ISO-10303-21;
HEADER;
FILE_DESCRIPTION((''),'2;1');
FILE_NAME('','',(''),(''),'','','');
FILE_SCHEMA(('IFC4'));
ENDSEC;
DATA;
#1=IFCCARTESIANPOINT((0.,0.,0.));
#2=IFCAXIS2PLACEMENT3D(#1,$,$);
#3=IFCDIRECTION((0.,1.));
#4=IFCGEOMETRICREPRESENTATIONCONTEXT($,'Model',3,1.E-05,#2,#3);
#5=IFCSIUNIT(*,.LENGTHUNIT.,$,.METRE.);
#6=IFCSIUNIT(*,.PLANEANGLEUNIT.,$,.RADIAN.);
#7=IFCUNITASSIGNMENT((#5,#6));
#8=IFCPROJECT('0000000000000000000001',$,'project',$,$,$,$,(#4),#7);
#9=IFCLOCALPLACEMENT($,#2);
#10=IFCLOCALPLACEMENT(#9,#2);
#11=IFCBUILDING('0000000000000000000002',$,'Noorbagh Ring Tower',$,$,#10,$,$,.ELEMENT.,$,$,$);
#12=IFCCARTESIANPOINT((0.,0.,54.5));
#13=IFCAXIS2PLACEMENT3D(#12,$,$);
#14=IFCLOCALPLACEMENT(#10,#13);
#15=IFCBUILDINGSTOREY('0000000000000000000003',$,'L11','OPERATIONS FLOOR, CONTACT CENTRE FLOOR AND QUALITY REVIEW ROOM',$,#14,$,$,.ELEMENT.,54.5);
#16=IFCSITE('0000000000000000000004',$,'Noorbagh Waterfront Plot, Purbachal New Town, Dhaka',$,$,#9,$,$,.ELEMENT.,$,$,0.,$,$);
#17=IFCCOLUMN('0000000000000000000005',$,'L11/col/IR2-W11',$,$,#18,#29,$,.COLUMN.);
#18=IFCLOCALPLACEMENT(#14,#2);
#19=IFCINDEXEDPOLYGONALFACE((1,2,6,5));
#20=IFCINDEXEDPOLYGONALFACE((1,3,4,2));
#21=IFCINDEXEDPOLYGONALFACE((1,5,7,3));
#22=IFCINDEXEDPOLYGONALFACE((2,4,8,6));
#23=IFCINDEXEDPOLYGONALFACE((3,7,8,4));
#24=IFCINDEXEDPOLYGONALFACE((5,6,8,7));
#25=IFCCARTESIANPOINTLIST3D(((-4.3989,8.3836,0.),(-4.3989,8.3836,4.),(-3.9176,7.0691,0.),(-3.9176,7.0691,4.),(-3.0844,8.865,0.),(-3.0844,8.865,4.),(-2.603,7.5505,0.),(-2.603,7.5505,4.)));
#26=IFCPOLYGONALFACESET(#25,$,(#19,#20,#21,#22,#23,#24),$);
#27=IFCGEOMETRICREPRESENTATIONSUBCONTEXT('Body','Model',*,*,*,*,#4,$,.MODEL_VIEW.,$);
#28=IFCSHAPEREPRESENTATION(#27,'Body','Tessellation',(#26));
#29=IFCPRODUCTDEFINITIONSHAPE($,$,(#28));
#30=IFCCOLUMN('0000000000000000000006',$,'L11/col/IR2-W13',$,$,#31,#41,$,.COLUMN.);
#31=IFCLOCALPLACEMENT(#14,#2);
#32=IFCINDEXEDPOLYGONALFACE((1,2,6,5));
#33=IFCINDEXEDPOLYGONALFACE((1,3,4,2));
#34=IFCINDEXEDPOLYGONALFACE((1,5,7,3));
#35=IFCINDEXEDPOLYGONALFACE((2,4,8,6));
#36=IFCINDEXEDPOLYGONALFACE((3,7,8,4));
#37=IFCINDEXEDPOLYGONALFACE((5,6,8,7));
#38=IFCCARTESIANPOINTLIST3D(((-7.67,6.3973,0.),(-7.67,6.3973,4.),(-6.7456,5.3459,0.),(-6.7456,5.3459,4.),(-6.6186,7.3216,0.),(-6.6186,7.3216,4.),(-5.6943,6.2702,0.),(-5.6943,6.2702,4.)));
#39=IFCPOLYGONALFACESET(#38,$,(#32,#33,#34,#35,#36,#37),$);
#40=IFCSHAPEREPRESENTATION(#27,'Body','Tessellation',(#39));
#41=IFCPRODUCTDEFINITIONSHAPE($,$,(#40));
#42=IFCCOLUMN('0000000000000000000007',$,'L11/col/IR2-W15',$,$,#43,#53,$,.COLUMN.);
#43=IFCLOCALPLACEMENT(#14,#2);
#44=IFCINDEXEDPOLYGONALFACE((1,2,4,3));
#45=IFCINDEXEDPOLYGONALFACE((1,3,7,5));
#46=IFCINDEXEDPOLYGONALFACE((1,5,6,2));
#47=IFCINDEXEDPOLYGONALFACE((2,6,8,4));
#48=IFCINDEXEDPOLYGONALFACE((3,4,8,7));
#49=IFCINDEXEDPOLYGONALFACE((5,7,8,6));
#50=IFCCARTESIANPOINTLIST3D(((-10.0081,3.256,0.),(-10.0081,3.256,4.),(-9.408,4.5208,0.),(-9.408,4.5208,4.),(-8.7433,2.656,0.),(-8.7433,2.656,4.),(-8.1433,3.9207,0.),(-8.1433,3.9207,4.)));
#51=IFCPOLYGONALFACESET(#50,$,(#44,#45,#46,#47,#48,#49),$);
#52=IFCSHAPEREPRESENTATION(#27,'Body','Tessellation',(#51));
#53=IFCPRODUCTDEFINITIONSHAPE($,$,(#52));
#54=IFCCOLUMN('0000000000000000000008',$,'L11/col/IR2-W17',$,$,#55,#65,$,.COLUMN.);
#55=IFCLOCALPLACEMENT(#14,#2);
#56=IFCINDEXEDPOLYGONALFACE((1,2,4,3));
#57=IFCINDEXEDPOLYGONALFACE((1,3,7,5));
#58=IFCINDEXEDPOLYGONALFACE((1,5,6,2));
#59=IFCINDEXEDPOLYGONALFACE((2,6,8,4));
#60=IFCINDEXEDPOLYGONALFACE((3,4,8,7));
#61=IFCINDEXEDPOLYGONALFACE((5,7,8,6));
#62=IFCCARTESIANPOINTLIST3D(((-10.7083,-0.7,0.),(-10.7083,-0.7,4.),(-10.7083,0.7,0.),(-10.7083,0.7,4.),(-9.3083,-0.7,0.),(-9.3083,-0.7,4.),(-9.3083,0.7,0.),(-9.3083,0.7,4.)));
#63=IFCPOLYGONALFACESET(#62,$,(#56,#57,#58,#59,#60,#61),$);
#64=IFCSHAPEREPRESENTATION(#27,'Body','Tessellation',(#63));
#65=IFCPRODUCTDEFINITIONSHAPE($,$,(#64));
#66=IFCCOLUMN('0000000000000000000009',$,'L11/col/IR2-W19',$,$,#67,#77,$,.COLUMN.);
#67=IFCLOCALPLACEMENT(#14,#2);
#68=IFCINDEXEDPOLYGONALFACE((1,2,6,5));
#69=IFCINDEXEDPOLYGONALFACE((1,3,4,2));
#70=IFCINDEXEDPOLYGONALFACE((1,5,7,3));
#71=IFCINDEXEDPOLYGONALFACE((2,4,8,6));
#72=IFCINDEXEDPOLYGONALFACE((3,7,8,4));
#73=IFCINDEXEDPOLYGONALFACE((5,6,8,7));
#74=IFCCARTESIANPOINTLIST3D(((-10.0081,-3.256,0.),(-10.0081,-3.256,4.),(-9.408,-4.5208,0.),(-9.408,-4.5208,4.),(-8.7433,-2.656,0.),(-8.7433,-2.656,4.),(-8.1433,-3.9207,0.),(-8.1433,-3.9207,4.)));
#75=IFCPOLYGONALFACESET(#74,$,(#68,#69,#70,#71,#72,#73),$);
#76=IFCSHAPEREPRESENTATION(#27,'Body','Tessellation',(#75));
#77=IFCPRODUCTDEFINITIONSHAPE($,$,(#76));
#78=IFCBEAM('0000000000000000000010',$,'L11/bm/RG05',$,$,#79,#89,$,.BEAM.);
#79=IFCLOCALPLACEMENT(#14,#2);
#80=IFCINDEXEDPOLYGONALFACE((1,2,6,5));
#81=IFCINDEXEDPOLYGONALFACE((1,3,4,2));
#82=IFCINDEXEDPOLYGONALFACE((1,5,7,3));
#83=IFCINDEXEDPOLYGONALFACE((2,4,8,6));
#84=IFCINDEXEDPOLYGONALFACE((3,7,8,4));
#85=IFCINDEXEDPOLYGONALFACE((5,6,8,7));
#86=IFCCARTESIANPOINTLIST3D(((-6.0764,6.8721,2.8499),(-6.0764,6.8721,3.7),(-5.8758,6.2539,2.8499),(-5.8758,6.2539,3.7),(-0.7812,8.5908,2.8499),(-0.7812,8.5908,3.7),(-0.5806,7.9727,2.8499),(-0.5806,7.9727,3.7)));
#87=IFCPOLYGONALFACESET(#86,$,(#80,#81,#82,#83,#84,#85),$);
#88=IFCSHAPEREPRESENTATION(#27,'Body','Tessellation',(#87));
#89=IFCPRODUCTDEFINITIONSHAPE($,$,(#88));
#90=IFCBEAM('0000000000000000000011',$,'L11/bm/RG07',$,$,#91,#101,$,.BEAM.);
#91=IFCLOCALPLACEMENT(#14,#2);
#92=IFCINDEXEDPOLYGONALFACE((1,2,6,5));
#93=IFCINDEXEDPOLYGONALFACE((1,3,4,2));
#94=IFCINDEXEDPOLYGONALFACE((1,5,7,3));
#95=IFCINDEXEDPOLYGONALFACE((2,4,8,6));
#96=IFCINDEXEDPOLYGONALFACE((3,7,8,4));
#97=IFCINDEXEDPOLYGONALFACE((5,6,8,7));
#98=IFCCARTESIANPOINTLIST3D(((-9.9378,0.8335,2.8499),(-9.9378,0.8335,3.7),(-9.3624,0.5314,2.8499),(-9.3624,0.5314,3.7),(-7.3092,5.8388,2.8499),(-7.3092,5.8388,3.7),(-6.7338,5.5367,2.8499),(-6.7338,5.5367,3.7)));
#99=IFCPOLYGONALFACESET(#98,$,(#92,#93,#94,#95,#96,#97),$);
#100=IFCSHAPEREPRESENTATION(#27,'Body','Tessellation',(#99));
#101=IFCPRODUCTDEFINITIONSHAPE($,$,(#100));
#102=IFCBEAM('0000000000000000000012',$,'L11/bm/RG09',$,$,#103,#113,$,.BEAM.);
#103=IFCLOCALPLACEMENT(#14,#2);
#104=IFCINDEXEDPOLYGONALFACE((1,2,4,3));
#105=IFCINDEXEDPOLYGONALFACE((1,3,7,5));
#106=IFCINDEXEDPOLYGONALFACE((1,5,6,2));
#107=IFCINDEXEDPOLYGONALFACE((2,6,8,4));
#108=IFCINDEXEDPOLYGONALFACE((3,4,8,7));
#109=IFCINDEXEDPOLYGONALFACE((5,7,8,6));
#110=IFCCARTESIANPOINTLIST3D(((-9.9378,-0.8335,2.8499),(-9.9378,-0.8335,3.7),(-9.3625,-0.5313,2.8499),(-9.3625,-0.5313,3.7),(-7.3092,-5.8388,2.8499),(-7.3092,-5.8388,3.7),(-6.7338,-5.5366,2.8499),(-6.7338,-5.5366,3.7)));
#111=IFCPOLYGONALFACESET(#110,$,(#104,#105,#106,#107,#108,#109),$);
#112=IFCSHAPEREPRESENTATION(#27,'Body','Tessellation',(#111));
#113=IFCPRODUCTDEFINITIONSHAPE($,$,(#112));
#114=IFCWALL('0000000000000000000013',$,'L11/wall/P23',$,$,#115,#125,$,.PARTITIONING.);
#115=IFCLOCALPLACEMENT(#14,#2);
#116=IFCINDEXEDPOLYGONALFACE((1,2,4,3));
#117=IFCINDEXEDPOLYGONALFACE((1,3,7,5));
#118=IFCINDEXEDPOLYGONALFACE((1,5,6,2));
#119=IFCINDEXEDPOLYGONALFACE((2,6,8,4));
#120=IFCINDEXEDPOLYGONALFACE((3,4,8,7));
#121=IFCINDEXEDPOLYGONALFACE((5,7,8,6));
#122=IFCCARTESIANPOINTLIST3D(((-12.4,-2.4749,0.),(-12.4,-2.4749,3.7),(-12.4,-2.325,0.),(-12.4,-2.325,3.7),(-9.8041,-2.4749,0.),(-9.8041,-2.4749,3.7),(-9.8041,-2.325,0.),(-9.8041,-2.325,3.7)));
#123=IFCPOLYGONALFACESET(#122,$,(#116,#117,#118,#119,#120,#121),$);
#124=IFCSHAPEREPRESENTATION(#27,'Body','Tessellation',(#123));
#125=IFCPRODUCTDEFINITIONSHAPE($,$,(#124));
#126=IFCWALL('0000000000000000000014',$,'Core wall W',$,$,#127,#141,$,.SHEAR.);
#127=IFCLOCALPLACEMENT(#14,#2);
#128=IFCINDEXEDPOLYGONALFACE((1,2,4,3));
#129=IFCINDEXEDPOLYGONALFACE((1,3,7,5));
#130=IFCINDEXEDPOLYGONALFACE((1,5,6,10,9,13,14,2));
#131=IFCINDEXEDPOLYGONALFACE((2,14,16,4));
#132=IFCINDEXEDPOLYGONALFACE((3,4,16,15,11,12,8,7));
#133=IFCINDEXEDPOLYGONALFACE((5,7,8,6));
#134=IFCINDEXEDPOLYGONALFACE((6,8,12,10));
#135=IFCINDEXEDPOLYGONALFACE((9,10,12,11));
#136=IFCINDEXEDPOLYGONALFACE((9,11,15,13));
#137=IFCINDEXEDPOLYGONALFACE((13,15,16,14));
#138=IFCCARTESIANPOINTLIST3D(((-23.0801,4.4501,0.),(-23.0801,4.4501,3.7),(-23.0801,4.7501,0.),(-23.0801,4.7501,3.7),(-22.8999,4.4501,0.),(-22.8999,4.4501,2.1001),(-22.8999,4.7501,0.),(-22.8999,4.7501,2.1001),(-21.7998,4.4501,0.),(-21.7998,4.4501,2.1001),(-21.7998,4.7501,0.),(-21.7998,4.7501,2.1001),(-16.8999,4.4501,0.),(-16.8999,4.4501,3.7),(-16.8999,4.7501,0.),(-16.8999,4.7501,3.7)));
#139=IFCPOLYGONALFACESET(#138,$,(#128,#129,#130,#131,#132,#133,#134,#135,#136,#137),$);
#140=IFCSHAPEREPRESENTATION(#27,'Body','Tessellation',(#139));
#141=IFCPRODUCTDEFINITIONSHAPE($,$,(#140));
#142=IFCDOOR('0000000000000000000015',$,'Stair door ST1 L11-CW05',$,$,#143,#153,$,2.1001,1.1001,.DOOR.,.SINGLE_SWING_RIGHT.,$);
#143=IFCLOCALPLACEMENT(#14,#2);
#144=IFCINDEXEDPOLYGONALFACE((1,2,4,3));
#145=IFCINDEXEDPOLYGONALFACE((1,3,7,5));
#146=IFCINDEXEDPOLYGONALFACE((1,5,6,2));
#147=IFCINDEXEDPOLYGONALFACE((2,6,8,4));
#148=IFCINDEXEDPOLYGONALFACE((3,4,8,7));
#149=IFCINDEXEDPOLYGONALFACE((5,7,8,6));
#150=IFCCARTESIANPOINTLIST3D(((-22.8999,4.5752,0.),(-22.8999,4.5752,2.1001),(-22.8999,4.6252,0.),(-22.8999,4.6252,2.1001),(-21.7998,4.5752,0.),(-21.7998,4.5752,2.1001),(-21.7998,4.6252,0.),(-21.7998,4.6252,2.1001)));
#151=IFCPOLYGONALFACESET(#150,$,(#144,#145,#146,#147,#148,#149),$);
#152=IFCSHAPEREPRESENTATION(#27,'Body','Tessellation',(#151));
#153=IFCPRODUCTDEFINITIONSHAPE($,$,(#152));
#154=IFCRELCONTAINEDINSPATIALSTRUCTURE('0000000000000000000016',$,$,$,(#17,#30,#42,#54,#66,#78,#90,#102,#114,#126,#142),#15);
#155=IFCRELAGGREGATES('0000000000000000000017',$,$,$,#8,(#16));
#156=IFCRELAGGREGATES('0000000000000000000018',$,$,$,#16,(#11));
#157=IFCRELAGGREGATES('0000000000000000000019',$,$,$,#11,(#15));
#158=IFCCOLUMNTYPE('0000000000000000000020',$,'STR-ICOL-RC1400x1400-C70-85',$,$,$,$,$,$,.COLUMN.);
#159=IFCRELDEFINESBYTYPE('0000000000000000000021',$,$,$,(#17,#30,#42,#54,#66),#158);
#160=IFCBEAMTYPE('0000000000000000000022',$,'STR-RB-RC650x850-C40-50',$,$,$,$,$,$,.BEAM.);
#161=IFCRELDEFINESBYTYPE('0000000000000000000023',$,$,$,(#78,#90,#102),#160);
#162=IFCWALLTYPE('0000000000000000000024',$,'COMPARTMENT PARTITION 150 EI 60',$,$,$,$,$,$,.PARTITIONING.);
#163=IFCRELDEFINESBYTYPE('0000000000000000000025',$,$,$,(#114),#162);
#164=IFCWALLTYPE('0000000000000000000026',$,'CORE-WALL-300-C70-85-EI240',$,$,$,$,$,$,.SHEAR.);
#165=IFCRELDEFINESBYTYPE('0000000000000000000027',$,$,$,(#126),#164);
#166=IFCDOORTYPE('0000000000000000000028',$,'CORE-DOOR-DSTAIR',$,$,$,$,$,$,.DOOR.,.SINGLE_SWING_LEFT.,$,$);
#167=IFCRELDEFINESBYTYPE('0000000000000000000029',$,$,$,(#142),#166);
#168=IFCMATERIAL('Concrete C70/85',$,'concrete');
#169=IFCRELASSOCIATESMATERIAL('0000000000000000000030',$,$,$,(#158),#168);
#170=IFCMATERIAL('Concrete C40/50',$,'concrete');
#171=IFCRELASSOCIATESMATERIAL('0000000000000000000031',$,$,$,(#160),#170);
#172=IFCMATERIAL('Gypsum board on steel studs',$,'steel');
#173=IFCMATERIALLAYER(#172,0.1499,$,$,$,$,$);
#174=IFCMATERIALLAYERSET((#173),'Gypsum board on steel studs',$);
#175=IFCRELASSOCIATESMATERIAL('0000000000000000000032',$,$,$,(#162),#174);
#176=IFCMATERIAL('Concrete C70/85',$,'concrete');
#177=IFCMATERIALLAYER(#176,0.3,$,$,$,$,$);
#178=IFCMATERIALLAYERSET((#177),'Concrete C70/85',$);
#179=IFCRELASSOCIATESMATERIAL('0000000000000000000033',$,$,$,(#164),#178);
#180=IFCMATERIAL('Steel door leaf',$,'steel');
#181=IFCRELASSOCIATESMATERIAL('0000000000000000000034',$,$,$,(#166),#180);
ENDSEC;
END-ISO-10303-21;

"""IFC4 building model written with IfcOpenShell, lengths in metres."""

from ifc_helpers import new_model, si_unit, direction, frame, frame_2d, origin, origin_2d, place, context, subcontext, project, spatial, rectangle, extrude, material, layer, layer_set, material_profile, profile_set, type_object, element, fill, save


model = new_model("IFC4")

# Units and contexts
model_context = context("Model", 3, precision=1e-05, world=origin(), true_north=direction((0.0, 1.0)))
body_context = subcontext(model_context, "Body", "Model", "MODEL_VIEW")
ifc_project = project(units=[si_unit("LENGTHUNIT", "METRE"), si_unit("PLANEANGLEUNIT", "RADIAN")], contexts=[model_context])

# Site, building, storey
site_placement = place(None, origin())
site = spatial("IfcSite", under=ifc_project, at=site_placement, Name="Noorbagh Waterfront Plot, Purbachal New Town, Dhaka", CompositionType="ELEMENT", RefElevation=0.0)
building_placement = place(site_placement, origin())
building = spatial("IfcBuilding", under=site, at=building_placement, Name="Noorbagh Ring Tower", CompositionType="ELEMENT")
storey_placement = place(building_placement, frame((0.0, 0.0, 54.5)))
storey = spatial("IfcBuildingStorey", under=building, at=storey_placement, Name="L11", Description="OPERATIONS FLOOR, CONTACT CENTRE FLOOR AND QUALITY REVIEW ROOM", CompositionType="ELEMENT", Elevation=54.5)

# Columns
ifc_material_1 = material(Name="Concrete C70/85", Category="concrete")
ifc_material_profile_1 = material_profile(ifc_material_1, rectangle(XDim=1.3999, YDim=1.3999, at=origin_2d()), Name="RC1400x1400")
ifc_profile_set_1 = profile_set([ifc_material_profile_1], Name="Concrete C70/85")
column_type = type_object("IfcColumnType", Name="STR-ICOL-RC1400x1400-C70-85", PredefinedType="COLUMN", material=ifc_profile_set_1)
for number, where, z_axis, x_axis, name in (
    (1, (-3.501, 7.967, 0.0), (0.0, 0.0, 1.0), (-0.93902, -0.343864, 0.0), "L11/col/IR2-W11"),
    (2, (-6.6821, 6.3337, 0.0), (0.0, 0.0, 1.0), (-0.751022, -0.660277, 0.0), "L11/col/IR2-W13"),
    (3, (-9.0757, 3.5884, 0.0), (0.0, 0.0, 1.0), (-0.428667, -0.903463, 0.0), "L11/col/IR2-W15"),
    (4, (-10.0083, 0.0, 0.0), (0.0, 0.0, 1.0), (0.0, -1.0, 0.0), "L11/col/IR2-W17"),
    (5, (-9.0757, -3.5884, 0.0), (0.0, 0.0, 1.0), (0.428667, -0.903463, 0.0), "L11/col/IR2-W19"),
):
    element("IfcColumn", number, at=place(storey_placement, frame(where, z_axis=z_axis, x_axis=x_axis)), inside=storey, type_object=column_type, Name=name, PredefinedType="COLUMN", context=body_context, shape_type="SweptSolid", body=[
        extrude(rectangle(XDim=1.3999, YDim=1.3999, at=origin_2d()), origin(), (0.0, 0.0, 1.0), 4.0),
    ])

# Beams
ifc_material_2 = material(Name="Concrete C40/50", Category="concrete")
ifc_material_profile_2 = material_profile(ifc_material_2, rectangle(XDim=0.6499, YDim=0.8501, at=origin_2d()), Name="RC650x850")
ifc_profile_set_2 = profile_set([ifc_material_profile_2], Name="Concrete C40/50")
beam_type = type_object("IfcBeamType", Name="STR-RB-RC650x850-C40-50", PredefinedType="BEAM", material=ifc_profile_set_2)
beam_placement = place(storey_placement, frame((-0.6809, 8.2817, 3.2749), z_axis=(-0.951149, -0.308732, 0.0), x_axis=(0.308732, -0.951149, 0.0)))
element("IfcBeam", 6, at=beam_placement, inside=storey, type_object=beam_type, Name="L11/bm/RG05", PredefinedType="BEAM", context=body_context, shape_type="SweptSolid", body=[
    extrude(rectangle(XDim=0.6499, YDim=0.8501, at=origin_2d()), origin(), (0.0, 0.0, 1.0), 5.5671),
])
for number, where, z_axis, x_axis, name in (
    (7, (-7.0215, 5.6877, 3.2749), (-0.464951, -0.885337, 0.0), (0.885337, -0.464951, 0.0), "L11/bm/RG07"),
    (8, (-9.6501, -0.6824, 3.2749), (0.464951, -0.885337, 0.0), (0.885337, 0.464951, 0.0), "L11/bm/RG09"),
):
    element("IfcBeam", number, at=place(storey_placement, frame(where, z_axis=z_axis, x_axis=x_axis)), inside=storey, type_object=beam_type, Name=name, PredefinedType="BEAM", context=body_context, shape_type="SweptSolid", body=[
        extrude(rectangle(XDim=0.6499, YDim=0.8501, at=origin_2d()), origin(), (0.0, 0.0, 1.0), 5.6536),
    ])

# Wall
ifc_material_3 = material(Name="Gypsum board on steel studs", Category="steel")
ifc_layer_1 = layer(ifc_material_3, 0.1499)
ifc_layer_set_1 = layer_set([ifc_layer_1], Name="Gypsum board on steel studs")
wall_type_1 = type_object("IfcWallType", Name="COMPARTMENT PARTITION 150 EI 60", PredefinedType="PARTITIONING", material=ifc_layer_set_1)
wall_1_placement = place(storey_placement, frame((-12.3999, -2.3999, 0.0), z_axis=(0.0, 0.0, 1.0), x_axis=(1.0, 0.0, 0.0)))
element("IfcWall", 9, at=wall_1_placement, inside=storey, type_object=wall_type_1, Name="L11/wall/P23", PredefinedType="PARTITIONING", context=body_context, shape_type="SweptSolid", body=[
    extrude(rectangle(XDim=2.5959, YDim=0.1499, at=frame_2d((1.2979, 0.0))), origin(), (0.0, 0.0, 1.0), 3.7),
])

# Wall, opening, door
ifc_material_4 = material(Name="Concrete C70/85", Category="concrete")
ifc_layer_2 = layer(ifc_material_4, 0.3)
ifc_layer_set_2 = layer_set([ifc_layer_2], Name="Concrete C70/85")
wall_type_2 = type_object("IfcWallType", Name="CORE-WALL-300-C70-85-EI240", PredefinedType="SHEAR", material=ifc_layer_set_2)
wall_2_placement = place(storey_placement, frame((-16.8999, 4.6001, 0.0), z_axis=(0.0, 0.0, 1.0), x_axis=(-1.0, 0.0, 0.0)))
wall_2 = element("IfcWall", 10, at=wall_2_placement, inside=storey, type_object=wall_type_2, Name="Core wall W", PredefinedType="SHEAR", context=body_context, shape_type="SweptSolid", body=[
    extrude(rectangle(XDim=6.1802, YDim=0.3, at=frame_2d((3.0901, 0.0))), origin(), (0.0, 0.0, 1.0), 3.7),
])
opening_1_placement = place(wall_2_placement, frame((4.8999, 0.0, 0.0)))
opening_1 = element("IfcOpeningElement", 11, at=opening_1_placement, cuts=wall_2, PredefinedType="OPENING", context=body_context, shape_type="SweptSolid", body=[
    extrude(rectangle(XDim=1.1001, YDim=2.1001, at=frame_2d((0.55, 1.05))), frame((0.0, 0.1602, 0.0), z_axis=(0.0, -1.0, 0.0), x_axis=(1.0, 0.0, 0.0)), (0.0, 0.0, 1.0), 0.3201),
])
ifc_material_5 = material(Name="Steel door leaf", Category="steel")
door_type_1 = type_object("IfcDoorType", Name="CORE-DOOR-DSTAIR", OperationType="SINGLE_SWING_LEFT", PredefinedType="DOOR", material=ifc_material_5)
door_1_placement = place(opening_1_placement, origin())
door_1 = element("IfcDoor", 12, at=door_1_placement, inside=storey, type_object=door_type_1, Name="Stair door ST1 L11-CW05", OperationType="SINGLE_SWING_RIGHT", OverallHeight=2.1001, OverallWidth=1.1001, PredefinedType="DOOR", context=body_context, shape_type="SweptSolid", body=[
    extrude(rectangle(XDim=1.1001, YDim=2.1001, at=frame_2d((0.55, 1.05))), frame((0.0, 0.0249, 0.0), z_axis=(0.0, -1.0, 0.0), x_axis=(1.0, 0.0, 0.0)), (0.0, 0.0, 1.0), 0.05),
])
fill(opening_1, door_1)

save(model, "model.ifc")
